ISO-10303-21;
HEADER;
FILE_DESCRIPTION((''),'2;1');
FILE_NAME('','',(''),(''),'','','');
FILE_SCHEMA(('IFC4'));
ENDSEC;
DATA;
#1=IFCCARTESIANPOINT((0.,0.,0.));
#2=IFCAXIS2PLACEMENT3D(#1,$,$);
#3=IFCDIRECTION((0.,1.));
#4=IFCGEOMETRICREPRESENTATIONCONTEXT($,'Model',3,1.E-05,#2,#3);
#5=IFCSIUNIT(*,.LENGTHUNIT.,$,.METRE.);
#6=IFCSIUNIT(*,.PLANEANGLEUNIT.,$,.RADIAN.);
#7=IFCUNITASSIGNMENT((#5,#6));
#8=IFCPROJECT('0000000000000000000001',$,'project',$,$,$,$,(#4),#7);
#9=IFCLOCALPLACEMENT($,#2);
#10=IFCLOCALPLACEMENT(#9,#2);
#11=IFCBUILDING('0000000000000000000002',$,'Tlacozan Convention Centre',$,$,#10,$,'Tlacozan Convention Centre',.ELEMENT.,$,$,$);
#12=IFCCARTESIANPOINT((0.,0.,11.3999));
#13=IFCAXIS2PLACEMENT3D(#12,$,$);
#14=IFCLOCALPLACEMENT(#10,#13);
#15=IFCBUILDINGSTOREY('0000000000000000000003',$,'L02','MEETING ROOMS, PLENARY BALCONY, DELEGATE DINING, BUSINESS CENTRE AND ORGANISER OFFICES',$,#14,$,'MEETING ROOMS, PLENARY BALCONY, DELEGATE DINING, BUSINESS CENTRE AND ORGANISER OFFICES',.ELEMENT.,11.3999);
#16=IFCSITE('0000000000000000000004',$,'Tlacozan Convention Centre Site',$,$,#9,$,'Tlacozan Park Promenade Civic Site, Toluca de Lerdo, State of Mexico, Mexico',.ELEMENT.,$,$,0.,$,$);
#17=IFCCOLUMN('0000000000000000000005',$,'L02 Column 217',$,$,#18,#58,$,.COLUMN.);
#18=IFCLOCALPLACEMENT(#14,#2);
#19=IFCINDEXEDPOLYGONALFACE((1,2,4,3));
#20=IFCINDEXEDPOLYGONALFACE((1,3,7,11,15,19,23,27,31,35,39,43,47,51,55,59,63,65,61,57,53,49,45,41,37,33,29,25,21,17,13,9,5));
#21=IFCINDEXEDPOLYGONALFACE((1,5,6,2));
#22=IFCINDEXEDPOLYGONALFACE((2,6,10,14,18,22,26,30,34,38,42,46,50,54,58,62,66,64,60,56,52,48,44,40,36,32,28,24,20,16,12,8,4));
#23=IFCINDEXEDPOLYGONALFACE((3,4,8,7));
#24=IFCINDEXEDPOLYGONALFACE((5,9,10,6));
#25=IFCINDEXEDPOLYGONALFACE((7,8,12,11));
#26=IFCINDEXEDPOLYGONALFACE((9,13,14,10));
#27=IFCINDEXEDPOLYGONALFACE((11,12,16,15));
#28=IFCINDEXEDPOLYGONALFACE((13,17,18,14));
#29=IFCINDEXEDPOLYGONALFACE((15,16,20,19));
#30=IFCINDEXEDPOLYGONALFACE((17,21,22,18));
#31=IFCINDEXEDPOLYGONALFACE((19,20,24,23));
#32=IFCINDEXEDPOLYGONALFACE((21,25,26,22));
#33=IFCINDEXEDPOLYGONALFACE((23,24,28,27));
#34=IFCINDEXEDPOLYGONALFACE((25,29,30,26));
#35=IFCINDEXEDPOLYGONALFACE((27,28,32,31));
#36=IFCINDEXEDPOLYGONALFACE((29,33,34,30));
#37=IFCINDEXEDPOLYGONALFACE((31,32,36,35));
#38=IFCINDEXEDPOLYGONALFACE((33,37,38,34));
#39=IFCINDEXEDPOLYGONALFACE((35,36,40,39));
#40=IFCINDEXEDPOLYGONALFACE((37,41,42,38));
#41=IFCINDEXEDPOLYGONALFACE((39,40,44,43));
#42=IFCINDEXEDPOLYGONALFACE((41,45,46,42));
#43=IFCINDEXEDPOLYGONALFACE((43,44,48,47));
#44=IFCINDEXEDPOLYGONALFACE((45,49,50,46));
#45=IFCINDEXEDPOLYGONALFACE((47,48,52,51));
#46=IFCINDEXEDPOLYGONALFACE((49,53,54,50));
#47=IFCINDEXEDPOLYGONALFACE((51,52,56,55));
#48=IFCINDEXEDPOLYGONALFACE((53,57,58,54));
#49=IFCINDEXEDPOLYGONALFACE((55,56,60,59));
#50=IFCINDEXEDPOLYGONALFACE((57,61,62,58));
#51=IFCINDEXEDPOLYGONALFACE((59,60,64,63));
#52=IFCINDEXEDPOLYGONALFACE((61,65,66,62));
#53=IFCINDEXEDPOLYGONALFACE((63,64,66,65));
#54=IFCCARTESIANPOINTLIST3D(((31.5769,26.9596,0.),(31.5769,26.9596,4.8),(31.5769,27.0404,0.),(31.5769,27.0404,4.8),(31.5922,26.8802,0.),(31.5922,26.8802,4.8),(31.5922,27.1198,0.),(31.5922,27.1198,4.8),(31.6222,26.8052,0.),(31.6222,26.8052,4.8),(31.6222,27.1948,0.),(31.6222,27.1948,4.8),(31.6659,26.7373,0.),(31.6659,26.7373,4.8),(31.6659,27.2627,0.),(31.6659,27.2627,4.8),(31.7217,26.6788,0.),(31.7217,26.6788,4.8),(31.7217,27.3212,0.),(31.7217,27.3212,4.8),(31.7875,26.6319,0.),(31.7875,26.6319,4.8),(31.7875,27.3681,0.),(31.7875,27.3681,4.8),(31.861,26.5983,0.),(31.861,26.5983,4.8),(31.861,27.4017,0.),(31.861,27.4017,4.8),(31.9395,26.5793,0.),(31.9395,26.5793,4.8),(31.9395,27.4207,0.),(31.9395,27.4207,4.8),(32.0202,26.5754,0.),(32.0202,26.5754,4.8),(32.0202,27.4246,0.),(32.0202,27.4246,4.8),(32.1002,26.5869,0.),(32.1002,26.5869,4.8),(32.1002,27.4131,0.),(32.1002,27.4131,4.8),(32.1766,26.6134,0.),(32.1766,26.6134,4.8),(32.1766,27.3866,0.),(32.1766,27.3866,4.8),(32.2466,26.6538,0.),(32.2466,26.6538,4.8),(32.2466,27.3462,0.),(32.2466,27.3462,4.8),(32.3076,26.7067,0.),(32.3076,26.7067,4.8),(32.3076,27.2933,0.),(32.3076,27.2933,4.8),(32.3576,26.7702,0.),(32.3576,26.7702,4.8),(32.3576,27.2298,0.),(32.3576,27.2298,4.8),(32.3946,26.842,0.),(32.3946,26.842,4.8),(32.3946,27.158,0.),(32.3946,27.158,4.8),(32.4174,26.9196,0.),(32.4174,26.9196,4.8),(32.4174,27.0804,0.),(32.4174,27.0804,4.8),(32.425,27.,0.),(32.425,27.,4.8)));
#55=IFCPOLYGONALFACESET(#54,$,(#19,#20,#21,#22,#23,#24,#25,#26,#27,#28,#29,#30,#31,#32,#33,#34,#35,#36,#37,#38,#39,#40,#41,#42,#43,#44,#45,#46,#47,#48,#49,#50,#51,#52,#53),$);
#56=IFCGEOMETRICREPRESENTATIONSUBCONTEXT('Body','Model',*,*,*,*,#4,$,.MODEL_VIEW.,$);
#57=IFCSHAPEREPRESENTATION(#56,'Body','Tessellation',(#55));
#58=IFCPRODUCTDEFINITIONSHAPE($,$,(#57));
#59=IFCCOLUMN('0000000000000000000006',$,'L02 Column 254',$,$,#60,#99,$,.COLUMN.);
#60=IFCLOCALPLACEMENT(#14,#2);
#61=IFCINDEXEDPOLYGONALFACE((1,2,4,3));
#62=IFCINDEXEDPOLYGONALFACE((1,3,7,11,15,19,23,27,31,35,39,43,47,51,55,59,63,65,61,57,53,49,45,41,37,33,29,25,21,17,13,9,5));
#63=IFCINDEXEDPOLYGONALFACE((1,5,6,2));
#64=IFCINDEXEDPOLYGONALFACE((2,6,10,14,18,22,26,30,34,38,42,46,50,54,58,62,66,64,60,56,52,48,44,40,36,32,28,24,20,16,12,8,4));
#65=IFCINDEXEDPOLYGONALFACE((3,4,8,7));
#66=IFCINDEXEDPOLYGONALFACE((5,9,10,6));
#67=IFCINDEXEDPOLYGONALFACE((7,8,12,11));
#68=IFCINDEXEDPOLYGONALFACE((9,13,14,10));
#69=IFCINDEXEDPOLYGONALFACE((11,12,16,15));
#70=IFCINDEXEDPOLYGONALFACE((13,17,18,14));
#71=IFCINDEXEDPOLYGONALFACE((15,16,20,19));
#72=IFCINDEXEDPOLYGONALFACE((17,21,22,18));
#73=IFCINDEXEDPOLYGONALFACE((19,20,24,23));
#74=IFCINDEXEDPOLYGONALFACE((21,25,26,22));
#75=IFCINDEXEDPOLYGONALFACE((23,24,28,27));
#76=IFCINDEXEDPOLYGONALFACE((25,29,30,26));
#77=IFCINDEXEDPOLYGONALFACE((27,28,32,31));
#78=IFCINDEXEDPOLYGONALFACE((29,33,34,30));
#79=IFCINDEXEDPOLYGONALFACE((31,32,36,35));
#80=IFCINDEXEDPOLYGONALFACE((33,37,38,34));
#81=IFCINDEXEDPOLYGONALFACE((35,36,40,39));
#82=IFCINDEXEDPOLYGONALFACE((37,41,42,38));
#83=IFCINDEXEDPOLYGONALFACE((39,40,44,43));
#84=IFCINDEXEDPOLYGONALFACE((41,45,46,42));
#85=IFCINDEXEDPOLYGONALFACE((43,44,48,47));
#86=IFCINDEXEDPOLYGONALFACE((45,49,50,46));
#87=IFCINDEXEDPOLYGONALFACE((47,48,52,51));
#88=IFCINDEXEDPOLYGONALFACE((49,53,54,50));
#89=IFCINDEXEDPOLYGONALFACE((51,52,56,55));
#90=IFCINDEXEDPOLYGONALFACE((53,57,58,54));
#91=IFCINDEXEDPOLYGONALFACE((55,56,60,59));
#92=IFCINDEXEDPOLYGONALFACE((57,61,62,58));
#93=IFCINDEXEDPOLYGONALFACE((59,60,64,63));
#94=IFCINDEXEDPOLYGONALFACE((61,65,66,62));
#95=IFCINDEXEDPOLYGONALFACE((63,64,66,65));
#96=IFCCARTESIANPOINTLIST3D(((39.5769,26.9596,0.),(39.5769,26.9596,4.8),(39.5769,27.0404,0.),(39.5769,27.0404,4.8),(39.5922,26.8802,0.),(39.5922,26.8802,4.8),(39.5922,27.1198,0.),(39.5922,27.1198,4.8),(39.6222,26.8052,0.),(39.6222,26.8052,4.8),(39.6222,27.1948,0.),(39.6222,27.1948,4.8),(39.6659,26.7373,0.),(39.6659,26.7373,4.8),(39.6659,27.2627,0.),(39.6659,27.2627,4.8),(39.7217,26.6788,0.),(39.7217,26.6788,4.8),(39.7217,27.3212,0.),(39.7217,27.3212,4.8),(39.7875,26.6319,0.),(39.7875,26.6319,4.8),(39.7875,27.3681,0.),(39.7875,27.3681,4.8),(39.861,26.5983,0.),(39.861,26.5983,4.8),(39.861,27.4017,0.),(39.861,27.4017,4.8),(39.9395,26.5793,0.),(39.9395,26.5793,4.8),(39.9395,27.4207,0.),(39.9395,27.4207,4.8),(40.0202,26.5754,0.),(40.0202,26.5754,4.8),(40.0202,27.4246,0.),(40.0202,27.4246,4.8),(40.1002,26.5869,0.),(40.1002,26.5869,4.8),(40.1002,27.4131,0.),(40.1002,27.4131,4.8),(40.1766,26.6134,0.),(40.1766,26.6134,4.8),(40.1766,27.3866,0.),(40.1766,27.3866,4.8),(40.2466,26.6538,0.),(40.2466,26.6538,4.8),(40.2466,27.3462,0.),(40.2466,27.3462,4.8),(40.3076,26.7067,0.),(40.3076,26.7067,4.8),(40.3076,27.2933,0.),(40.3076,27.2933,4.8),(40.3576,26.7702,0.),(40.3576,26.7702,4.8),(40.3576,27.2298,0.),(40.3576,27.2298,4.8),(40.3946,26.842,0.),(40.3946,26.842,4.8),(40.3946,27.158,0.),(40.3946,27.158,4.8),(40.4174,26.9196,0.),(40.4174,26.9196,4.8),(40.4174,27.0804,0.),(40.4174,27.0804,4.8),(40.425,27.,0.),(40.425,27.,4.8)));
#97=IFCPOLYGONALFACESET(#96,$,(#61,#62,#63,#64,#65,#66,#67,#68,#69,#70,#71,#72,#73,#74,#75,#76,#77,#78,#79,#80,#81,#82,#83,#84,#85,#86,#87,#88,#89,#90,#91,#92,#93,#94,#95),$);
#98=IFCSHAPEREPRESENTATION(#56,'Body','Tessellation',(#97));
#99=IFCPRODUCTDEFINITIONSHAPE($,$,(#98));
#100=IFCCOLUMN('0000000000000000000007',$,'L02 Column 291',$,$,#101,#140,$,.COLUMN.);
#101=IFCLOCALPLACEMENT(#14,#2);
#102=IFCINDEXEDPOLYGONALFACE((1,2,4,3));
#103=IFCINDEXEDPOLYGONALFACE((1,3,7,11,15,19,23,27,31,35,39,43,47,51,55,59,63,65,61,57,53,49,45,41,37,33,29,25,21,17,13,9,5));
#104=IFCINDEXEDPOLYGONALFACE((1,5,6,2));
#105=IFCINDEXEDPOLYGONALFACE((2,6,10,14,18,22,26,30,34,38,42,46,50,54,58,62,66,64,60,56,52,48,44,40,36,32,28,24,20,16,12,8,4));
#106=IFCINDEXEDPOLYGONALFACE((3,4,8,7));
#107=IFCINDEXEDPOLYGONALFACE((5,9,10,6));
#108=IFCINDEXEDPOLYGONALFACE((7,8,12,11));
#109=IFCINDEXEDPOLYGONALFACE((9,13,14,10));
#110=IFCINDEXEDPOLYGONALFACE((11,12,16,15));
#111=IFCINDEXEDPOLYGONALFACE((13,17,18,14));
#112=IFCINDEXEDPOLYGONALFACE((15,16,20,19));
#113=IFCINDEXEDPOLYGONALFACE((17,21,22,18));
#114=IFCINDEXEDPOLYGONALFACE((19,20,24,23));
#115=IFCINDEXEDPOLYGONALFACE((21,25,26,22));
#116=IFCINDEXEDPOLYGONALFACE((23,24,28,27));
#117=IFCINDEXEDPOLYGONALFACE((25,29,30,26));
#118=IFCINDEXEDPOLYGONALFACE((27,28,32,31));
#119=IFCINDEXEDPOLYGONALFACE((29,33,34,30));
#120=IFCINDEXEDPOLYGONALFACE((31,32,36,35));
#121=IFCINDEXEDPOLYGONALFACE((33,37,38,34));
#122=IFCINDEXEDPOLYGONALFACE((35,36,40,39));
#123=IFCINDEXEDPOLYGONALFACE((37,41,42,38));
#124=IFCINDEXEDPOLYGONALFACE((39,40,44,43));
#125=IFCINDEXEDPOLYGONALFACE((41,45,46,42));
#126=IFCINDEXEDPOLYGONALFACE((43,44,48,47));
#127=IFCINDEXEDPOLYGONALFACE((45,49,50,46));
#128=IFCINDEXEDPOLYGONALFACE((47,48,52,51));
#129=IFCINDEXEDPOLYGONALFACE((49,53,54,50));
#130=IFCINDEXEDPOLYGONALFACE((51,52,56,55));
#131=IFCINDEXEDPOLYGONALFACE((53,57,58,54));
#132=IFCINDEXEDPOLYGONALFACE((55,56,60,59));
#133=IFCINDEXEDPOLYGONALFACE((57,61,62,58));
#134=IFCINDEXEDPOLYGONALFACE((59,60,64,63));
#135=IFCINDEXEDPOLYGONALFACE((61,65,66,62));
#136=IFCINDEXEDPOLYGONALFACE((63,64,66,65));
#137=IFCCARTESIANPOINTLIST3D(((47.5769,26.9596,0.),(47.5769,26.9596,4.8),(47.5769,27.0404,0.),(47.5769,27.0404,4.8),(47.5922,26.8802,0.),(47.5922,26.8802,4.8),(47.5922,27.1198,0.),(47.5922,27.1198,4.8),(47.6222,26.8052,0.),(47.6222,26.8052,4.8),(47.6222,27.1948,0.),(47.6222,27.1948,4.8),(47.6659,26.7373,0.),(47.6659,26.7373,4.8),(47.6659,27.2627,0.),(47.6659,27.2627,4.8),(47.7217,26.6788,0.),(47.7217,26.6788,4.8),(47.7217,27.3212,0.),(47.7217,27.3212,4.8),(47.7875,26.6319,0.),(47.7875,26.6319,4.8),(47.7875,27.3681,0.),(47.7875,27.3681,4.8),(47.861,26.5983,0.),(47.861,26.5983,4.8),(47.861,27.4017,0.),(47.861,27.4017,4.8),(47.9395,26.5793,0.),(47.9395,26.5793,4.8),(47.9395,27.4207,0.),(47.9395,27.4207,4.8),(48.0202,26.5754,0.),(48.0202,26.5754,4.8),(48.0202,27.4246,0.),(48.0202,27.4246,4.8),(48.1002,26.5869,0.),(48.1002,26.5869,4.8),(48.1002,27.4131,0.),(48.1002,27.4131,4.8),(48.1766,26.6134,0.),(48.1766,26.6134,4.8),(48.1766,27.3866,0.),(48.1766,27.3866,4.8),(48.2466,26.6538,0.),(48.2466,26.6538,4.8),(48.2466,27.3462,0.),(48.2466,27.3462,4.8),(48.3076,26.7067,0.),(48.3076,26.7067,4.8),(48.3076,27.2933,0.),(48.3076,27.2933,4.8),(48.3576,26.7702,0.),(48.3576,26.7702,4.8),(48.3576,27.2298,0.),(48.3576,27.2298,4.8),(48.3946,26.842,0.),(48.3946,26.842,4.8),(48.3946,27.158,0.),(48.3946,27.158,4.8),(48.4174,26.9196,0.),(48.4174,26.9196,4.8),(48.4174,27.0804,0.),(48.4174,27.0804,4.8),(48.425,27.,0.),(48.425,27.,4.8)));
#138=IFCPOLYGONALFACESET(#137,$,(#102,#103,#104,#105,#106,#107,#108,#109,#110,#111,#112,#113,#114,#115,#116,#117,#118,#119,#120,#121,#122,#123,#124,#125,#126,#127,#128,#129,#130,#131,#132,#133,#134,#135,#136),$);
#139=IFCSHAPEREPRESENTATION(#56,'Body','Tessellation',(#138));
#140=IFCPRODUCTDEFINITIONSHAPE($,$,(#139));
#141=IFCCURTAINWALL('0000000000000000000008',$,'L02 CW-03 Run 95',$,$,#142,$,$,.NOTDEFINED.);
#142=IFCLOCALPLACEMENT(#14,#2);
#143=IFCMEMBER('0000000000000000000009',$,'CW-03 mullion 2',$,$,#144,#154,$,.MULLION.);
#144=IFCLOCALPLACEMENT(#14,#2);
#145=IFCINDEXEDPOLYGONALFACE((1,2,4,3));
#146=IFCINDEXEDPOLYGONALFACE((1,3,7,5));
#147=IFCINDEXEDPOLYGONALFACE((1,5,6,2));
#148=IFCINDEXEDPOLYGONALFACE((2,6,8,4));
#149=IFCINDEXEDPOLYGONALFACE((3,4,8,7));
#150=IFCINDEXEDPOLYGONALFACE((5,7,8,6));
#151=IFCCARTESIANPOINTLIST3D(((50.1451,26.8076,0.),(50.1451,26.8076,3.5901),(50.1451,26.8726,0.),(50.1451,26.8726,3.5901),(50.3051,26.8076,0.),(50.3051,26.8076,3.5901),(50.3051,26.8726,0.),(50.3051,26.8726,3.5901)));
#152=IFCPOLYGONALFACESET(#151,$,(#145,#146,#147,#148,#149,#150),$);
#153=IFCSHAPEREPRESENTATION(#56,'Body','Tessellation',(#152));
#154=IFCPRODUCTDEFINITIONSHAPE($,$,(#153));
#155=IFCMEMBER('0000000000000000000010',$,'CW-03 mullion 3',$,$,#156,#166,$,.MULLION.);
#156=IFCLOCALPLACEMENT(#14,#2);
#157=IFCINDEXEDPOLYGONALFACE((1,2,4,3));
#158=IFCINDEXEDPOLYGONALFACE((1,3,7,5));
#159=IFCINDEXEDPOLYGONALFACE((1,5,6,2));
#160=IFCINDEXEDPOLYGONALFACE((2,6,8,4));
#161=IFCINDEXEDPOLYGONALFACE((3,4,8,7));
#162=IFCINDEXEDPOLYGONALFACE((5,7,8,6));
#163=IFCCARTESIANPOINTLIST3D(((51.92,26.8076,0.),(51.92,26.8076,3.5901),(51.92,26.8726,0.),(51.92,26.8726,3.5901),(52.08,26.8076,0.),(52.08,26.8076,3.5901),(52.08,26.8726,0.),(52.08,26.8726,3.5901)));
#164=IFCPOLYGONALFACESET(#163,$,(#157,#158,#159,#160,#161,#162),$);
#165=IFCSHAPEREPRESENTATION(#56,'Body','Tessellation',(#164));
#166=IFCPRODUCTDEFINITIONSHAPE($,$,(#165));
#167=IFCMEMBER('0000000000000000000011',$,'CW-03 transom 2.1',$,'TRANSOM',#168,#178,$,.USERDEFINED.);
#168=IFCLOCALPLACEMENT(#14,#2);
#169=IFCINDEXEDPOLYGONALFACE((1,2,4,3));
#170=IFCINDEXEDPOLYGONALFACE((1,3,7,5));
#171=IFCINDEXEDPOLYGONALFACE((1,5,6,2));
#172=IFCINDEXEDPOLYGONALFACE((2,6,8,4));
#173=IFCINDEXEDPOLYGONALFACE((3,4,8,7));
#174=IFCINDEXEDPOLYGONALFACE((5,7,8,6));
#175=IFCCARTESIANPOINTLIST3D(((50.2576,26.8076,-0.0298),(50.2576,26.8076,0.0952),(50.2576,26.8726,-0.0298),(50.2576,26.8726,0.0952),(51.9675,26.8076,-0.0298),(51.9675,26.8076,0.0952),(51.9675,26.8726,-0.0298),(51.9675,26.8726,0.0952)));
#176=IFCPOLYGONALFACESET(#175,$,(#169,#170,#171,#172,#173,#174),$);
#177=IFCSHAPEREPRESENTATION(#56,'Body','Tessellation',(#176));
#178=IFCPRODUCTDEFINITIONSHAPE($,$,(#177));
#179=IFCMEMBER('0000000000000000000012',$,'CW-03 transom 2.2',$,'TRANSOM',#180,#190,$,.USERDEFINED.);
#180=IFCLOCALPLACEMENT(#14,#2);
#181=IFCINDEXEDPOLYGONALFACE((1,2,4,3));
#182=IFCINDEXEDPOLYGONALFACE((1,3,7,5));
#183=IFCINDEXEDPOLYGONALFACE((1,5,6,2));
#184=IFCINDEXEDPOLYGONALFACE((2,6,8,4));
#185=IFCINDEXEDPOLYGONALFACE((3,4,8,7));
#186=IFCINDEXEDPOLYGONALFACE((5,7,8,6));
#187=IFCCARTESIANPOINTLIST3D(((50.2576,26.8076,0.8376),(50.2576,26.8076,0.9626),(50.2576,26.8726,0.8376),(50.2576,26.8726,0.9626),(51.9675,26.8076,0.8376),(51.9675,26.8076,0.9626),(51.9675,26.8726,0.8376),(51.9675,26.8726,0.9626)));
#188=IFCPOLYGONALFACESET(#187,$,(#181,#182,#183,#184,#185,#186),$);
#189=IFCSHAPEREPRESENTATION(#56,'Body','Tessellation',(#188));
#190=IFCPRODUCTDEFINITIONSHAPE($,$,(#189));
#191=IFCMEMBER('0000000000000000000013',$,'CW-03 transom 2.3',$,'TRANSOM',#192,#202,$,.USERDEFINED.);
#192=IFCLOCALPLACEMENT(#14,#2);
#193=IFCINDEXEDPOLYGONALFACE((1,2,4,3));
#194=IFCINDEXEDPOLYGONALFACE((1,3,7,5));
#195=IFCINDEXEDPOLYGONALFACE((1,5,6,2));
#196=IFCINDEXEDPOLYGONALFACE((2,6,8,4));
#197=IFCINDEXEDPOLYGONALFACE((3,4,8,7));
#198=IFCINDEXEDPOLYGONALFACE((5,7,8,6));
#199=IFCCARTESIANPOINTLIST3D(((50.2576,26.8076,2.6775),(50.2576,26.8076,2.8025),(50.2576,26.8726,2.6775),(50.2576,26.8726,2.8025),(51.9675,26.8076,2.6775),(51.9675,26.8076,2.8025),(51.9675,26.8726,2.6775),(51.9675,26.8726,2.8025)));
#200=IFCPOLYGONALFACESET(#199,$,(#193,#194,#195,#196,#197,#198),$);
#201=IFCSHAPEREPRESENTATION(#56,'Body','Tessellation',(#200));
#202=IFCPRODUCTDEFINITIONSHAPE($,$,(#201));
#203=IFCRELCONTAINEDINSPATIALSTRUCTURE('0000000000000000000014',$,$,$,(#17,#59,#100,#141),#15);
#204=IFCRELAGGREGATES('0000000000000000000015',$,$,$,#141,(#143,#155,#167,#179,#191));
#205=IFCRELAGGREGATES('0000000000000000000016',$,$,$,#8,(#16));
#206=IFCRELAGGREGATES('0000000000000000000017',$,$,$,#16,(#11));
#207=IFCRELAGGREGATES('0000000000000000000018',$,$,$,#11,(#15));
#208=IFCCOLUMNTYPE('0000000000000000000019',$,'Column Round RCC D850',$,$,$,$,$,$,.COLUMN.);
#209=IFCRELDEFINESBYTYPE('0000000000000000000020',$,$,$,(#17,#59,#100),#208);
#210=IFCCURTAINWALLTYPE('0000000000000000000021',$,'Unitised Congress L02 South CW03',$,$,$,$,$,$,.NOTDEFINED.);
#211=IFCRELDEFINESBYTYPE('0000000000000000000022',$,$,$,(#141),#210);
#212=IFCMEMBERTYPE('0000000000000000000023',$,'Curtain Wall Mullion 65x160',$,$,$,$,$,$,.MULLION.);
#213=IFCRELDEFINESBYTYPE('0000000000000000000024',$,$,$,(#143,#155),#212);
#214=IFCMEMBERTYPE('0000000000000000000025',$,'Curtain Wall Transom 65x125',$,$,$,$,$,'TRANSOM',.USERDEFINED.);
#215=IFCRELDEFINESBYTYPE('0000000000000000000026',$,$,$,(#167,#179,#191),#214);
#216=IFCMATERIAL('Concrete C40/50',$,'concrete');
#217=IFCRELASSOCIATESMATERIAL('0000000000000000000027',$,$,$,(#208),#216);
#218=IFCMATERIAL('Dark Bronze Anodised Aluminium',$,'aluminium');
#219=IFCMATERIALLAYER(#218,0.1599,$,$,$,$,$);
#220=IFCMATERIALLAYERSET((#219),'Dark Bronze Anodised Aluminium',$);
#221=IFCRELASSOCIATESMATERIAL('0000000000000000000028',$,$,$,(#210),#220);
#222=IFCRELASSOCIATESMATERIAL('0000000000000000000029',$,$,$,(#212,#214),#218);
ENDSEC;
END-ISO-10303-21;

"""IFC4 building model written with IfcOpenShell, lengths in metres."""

from ifc_helpers import new_model, si_unit, direction, frame, origin, origin_2d, place, context, subcontext, project, spatial, rectangle, circle, extrude, material, layer, layer_set, material_profile, profile_set, type_object, element, aggregate, save


model = new_model("IFC4")

# Units and contexts
model_context = context("Model", 3, precision=1e-05, world=origin(), true_north=direction((0.0, 1.0)))
body_context = subcontext(model_context, "Body", "Model", "MODEL_VIEW")
ifc_project = project(units=[si_unit("LENGTHUNIT", "METRE"), si_unit("PLANEANGLEUNIT", "RADIAN")], contexts=[model_context])

# Site, building, storey
site_placement = place(None, origin())
site = spatial("IfcSite", under=ifc_project, at=site_placement, Name="Tlacozan Convention Centre Site", LongName="Tlacozan Park Promenade Civic Site, Toluca de Lerdo, State of Mexico, Mexico", CompositionType="ELEMENT", RefElevation=0.0)
building_placement = place(site_placement, origin())
building = spatial("IfcBuilding", under=site, at=building_placement, Name="Tlacozan Convention Centre", LongName="Tlacozan Convention Centre", CompositionType="ELEMENT")
storey_placement = place(building_placement, frame((0.0, 0.0, 11.3999)))
storey = spatial("IfcBuildingStorey", under=building, at=storey_placement, Name="L02", Description="MEETING ROOMS, PLENARY BALCONY, DELEGATE DINING, BUSINESS CENTRE AND ORGANISER OFFICES", LongName="MEETING ROOMS, PLENARY BALCONY, DELEGATE DINING, BUSINESS CENTRE AND ORGANISER OFFICES", CompositionType="ELEMENT", Elevation=11.3999)

# Columns
ifc_material_1 = material(Name="Concrete C40/50", Category="concrete")
ifc_material_profile_1 = material_profile(ifc_material_1, circle(Radius=0.425, at=origin_2d()), Name="RCC D850")
ifc_profile_set_1 = profile_set([ifc_material_profile_1], Name="Concrete C40/50")
column_type = type_object("IfcColumnType", Name="Column Round RCC D850", PredefinedType="COLUMN", material=ifc_profile_set_1)
for number, where, z_axis, x_axis, name in (
    (1, (32.0, 27.0, 0.0), (0.0, 0.0, 1.0), (1.0, 0.0, 0.0), "L02 Column 217"),
    (2, (40.0, 27.0, 0.0), (0.0, 0.0, 1.0), (1.0, 0.0, 0.0), "L02 Column 254"),
    (3, (48.0, 27.0, 0.0), (0.0, 0.0, 1.0), (1.0, 0.0, 0.0), "L02 Column 291"),
):
    element("IfcColumn", number, at=place(storey_placement, frame(where, z_axis=z_axis, x_axis=x_axis)), inside=storey, type_object=column_type, Name=name, PredefinedType="COLUMN", context=body_context, shape_type="SweptSolid", body=[
        extrude(circle(Radius=0.425, at=origin_2d()), origin(), (0.0, 0.0, 1.0), 4.8),
    ])

# Curtain wall, members
ifc_material_2 = material(Name="Dark Bronze Anodised Aluminium", Category="aluminium")
ifc_layer_1 = layer(ifc_material_2, 0.1599)
ifc_layer_set_1 = layer_set([ifc_layer_1], Name="Dark Bronze Anodised Aluminium")
curtain_wall_type = type_object("IfcCurtainWallType", Name="Unitised Congress L02 South CW03", PredefinedType="NOTDEFINED", material=ifc_layer_set_1)
curtain_wall_placement = place(storey_placement, origin())
curtain_wall = element("IfcCurtainWall", 4, at=curtain_wall_placement, inside=storey, type_object=curtain_wall_type, Name="L02 CW-03 Run 95", PredefinedType="NOTDEFINED")
ifc_material_profile_2 = material_profile(ifc_material_2, rectangle(XDim=0.0649, YDim=0.1599, at=origin_2d()), Name="ALU 65x160")
ifc_profile_set_2 = profile_set([ifc_material_profile_2], Name="Dark Bronze Anodised Aluminium")
member_type_1 = type_object("IfcMemberType", Name="Curtain Wall Mullion 65x160", PredefinedType="MULLION", material=ifc_profile_set_2)
member_1_placement = place(storey_placement, frame((50.2251, 26.8401, 0.0), z_axis=(0.0, 0.0, 1.0), x_axis=(0.0, 1.0, 0.0)))
member_1 = element("IfcMember", 5, at=member_1_placement, type_object=member_type_1, Name="CW-03 mullion 2", PredefinedType="MULLION", context=body_context, shape_type="SweptSolid", body=[
    extrude(rectangle(XDim=0.0649, YDim=0.1599, at=origin_2d()), origin(), (0.0, 0.0, 1.0), 3.5901),
])
member_2_placement = place(storey_placement, frame((52.0, 26.8401, 0.0), z_axis=(0.0, 0.0, 1.0), x_axis=(0.0, 1.0, 0.0)))
member_2 = element("IfcMember", 6, at=member_2_placement, type_object=member_type_1, Name="CW-03 mullion 3", PredefinedType="MULLION", context=body_context, shape_type="SweptSolid", body=[
    extrude(rectangle(XDim=0.0649, YDim=0.1599, at=origin_2d()), origin(), (0.0, 0.0, 1.0), 3.5901),
])
ifc_material_profile_3 = material_profile(ifc_material_2, rectangle(XDim=0.0649, YDim=0.125, at=origin_2d()), Name="ALU 65x125")
ifc_profile_set_3 = profile_set([ifc_material_profile_3], Name="Dark Bronze Anodised Aluminium")
member_type_2 = type_object("IfcMemberType", Name="Curtain Wall Transom 65x125", ElementType="TRANSOM", PredefinedType="USERDEFINED", material=ifc_profile_set_3)
member_3_placement = place(storey_placement, frame((50.2576, 26.8401, 0.0327), z_axis=(1.0, 0.0, 0.0), x_axis=(0.0, 1.0, 0.0)))
member_3 = element("IfcMember", 7, at=member_3_placement, type_object=member_type_2, Name="CW-03 transom 2.1", ObjectType="TRANSOM", PredefinedType="USERDEFINED", context=body_context, shape_type="SweptSolid", body=[
    extrude(rectangle(XDim=0.0649, YDim=0.125, at=origin_2d()), origin(), (0.0, 0.0, 1.0), 1.71),
])
member_4_placement = place(storey_placement, frame((50.2576, 26.8401, 0.9001), z_axis=(1.0, 0.0, 0.0), x_axis=(0.0, 1.0, 0.0)))
member_4 = element("IfcMember", 8, at=member_4_placement, type_object=member_type_2, Name="CW-03 transom 2.2", ObjectType="TRANSOM", PredefinedType="USERDEFINED", context=body_context, shape_type="SweptSolid", body=[
    extrude(rectangle(XDim=0.0649, YDim=0.125, at=origin_2d()), origin(), (0.0, 0.0, 1.0), 1.71),
])
member_5_placement = place(storey_placement, frame((50.2576, 26.8401, 2.74), z_axis=(1.0, 0.0, 0.0), x_axis=(0.0, 1.0, 0.0)))
member_5 = element("IfcMember", 9, at=member_5_placement, type_object=member_type_2, Name="CW-03 transom 2.3", ObjectType="TRANSOM", PredefinedType="USERDEFINED", context=body_context, shape_type="SweptSolid", body=[
    extrude(rectangle(XDim=0.0649, YDim=0.125, at=origin_2d()), origin(), (0.0, 0.0, 1.0), 1.71),
])

aggregate(curtain_wall, [member_1, member_2, member_3, member_4, member_5])

save(model, "model.ifc")
